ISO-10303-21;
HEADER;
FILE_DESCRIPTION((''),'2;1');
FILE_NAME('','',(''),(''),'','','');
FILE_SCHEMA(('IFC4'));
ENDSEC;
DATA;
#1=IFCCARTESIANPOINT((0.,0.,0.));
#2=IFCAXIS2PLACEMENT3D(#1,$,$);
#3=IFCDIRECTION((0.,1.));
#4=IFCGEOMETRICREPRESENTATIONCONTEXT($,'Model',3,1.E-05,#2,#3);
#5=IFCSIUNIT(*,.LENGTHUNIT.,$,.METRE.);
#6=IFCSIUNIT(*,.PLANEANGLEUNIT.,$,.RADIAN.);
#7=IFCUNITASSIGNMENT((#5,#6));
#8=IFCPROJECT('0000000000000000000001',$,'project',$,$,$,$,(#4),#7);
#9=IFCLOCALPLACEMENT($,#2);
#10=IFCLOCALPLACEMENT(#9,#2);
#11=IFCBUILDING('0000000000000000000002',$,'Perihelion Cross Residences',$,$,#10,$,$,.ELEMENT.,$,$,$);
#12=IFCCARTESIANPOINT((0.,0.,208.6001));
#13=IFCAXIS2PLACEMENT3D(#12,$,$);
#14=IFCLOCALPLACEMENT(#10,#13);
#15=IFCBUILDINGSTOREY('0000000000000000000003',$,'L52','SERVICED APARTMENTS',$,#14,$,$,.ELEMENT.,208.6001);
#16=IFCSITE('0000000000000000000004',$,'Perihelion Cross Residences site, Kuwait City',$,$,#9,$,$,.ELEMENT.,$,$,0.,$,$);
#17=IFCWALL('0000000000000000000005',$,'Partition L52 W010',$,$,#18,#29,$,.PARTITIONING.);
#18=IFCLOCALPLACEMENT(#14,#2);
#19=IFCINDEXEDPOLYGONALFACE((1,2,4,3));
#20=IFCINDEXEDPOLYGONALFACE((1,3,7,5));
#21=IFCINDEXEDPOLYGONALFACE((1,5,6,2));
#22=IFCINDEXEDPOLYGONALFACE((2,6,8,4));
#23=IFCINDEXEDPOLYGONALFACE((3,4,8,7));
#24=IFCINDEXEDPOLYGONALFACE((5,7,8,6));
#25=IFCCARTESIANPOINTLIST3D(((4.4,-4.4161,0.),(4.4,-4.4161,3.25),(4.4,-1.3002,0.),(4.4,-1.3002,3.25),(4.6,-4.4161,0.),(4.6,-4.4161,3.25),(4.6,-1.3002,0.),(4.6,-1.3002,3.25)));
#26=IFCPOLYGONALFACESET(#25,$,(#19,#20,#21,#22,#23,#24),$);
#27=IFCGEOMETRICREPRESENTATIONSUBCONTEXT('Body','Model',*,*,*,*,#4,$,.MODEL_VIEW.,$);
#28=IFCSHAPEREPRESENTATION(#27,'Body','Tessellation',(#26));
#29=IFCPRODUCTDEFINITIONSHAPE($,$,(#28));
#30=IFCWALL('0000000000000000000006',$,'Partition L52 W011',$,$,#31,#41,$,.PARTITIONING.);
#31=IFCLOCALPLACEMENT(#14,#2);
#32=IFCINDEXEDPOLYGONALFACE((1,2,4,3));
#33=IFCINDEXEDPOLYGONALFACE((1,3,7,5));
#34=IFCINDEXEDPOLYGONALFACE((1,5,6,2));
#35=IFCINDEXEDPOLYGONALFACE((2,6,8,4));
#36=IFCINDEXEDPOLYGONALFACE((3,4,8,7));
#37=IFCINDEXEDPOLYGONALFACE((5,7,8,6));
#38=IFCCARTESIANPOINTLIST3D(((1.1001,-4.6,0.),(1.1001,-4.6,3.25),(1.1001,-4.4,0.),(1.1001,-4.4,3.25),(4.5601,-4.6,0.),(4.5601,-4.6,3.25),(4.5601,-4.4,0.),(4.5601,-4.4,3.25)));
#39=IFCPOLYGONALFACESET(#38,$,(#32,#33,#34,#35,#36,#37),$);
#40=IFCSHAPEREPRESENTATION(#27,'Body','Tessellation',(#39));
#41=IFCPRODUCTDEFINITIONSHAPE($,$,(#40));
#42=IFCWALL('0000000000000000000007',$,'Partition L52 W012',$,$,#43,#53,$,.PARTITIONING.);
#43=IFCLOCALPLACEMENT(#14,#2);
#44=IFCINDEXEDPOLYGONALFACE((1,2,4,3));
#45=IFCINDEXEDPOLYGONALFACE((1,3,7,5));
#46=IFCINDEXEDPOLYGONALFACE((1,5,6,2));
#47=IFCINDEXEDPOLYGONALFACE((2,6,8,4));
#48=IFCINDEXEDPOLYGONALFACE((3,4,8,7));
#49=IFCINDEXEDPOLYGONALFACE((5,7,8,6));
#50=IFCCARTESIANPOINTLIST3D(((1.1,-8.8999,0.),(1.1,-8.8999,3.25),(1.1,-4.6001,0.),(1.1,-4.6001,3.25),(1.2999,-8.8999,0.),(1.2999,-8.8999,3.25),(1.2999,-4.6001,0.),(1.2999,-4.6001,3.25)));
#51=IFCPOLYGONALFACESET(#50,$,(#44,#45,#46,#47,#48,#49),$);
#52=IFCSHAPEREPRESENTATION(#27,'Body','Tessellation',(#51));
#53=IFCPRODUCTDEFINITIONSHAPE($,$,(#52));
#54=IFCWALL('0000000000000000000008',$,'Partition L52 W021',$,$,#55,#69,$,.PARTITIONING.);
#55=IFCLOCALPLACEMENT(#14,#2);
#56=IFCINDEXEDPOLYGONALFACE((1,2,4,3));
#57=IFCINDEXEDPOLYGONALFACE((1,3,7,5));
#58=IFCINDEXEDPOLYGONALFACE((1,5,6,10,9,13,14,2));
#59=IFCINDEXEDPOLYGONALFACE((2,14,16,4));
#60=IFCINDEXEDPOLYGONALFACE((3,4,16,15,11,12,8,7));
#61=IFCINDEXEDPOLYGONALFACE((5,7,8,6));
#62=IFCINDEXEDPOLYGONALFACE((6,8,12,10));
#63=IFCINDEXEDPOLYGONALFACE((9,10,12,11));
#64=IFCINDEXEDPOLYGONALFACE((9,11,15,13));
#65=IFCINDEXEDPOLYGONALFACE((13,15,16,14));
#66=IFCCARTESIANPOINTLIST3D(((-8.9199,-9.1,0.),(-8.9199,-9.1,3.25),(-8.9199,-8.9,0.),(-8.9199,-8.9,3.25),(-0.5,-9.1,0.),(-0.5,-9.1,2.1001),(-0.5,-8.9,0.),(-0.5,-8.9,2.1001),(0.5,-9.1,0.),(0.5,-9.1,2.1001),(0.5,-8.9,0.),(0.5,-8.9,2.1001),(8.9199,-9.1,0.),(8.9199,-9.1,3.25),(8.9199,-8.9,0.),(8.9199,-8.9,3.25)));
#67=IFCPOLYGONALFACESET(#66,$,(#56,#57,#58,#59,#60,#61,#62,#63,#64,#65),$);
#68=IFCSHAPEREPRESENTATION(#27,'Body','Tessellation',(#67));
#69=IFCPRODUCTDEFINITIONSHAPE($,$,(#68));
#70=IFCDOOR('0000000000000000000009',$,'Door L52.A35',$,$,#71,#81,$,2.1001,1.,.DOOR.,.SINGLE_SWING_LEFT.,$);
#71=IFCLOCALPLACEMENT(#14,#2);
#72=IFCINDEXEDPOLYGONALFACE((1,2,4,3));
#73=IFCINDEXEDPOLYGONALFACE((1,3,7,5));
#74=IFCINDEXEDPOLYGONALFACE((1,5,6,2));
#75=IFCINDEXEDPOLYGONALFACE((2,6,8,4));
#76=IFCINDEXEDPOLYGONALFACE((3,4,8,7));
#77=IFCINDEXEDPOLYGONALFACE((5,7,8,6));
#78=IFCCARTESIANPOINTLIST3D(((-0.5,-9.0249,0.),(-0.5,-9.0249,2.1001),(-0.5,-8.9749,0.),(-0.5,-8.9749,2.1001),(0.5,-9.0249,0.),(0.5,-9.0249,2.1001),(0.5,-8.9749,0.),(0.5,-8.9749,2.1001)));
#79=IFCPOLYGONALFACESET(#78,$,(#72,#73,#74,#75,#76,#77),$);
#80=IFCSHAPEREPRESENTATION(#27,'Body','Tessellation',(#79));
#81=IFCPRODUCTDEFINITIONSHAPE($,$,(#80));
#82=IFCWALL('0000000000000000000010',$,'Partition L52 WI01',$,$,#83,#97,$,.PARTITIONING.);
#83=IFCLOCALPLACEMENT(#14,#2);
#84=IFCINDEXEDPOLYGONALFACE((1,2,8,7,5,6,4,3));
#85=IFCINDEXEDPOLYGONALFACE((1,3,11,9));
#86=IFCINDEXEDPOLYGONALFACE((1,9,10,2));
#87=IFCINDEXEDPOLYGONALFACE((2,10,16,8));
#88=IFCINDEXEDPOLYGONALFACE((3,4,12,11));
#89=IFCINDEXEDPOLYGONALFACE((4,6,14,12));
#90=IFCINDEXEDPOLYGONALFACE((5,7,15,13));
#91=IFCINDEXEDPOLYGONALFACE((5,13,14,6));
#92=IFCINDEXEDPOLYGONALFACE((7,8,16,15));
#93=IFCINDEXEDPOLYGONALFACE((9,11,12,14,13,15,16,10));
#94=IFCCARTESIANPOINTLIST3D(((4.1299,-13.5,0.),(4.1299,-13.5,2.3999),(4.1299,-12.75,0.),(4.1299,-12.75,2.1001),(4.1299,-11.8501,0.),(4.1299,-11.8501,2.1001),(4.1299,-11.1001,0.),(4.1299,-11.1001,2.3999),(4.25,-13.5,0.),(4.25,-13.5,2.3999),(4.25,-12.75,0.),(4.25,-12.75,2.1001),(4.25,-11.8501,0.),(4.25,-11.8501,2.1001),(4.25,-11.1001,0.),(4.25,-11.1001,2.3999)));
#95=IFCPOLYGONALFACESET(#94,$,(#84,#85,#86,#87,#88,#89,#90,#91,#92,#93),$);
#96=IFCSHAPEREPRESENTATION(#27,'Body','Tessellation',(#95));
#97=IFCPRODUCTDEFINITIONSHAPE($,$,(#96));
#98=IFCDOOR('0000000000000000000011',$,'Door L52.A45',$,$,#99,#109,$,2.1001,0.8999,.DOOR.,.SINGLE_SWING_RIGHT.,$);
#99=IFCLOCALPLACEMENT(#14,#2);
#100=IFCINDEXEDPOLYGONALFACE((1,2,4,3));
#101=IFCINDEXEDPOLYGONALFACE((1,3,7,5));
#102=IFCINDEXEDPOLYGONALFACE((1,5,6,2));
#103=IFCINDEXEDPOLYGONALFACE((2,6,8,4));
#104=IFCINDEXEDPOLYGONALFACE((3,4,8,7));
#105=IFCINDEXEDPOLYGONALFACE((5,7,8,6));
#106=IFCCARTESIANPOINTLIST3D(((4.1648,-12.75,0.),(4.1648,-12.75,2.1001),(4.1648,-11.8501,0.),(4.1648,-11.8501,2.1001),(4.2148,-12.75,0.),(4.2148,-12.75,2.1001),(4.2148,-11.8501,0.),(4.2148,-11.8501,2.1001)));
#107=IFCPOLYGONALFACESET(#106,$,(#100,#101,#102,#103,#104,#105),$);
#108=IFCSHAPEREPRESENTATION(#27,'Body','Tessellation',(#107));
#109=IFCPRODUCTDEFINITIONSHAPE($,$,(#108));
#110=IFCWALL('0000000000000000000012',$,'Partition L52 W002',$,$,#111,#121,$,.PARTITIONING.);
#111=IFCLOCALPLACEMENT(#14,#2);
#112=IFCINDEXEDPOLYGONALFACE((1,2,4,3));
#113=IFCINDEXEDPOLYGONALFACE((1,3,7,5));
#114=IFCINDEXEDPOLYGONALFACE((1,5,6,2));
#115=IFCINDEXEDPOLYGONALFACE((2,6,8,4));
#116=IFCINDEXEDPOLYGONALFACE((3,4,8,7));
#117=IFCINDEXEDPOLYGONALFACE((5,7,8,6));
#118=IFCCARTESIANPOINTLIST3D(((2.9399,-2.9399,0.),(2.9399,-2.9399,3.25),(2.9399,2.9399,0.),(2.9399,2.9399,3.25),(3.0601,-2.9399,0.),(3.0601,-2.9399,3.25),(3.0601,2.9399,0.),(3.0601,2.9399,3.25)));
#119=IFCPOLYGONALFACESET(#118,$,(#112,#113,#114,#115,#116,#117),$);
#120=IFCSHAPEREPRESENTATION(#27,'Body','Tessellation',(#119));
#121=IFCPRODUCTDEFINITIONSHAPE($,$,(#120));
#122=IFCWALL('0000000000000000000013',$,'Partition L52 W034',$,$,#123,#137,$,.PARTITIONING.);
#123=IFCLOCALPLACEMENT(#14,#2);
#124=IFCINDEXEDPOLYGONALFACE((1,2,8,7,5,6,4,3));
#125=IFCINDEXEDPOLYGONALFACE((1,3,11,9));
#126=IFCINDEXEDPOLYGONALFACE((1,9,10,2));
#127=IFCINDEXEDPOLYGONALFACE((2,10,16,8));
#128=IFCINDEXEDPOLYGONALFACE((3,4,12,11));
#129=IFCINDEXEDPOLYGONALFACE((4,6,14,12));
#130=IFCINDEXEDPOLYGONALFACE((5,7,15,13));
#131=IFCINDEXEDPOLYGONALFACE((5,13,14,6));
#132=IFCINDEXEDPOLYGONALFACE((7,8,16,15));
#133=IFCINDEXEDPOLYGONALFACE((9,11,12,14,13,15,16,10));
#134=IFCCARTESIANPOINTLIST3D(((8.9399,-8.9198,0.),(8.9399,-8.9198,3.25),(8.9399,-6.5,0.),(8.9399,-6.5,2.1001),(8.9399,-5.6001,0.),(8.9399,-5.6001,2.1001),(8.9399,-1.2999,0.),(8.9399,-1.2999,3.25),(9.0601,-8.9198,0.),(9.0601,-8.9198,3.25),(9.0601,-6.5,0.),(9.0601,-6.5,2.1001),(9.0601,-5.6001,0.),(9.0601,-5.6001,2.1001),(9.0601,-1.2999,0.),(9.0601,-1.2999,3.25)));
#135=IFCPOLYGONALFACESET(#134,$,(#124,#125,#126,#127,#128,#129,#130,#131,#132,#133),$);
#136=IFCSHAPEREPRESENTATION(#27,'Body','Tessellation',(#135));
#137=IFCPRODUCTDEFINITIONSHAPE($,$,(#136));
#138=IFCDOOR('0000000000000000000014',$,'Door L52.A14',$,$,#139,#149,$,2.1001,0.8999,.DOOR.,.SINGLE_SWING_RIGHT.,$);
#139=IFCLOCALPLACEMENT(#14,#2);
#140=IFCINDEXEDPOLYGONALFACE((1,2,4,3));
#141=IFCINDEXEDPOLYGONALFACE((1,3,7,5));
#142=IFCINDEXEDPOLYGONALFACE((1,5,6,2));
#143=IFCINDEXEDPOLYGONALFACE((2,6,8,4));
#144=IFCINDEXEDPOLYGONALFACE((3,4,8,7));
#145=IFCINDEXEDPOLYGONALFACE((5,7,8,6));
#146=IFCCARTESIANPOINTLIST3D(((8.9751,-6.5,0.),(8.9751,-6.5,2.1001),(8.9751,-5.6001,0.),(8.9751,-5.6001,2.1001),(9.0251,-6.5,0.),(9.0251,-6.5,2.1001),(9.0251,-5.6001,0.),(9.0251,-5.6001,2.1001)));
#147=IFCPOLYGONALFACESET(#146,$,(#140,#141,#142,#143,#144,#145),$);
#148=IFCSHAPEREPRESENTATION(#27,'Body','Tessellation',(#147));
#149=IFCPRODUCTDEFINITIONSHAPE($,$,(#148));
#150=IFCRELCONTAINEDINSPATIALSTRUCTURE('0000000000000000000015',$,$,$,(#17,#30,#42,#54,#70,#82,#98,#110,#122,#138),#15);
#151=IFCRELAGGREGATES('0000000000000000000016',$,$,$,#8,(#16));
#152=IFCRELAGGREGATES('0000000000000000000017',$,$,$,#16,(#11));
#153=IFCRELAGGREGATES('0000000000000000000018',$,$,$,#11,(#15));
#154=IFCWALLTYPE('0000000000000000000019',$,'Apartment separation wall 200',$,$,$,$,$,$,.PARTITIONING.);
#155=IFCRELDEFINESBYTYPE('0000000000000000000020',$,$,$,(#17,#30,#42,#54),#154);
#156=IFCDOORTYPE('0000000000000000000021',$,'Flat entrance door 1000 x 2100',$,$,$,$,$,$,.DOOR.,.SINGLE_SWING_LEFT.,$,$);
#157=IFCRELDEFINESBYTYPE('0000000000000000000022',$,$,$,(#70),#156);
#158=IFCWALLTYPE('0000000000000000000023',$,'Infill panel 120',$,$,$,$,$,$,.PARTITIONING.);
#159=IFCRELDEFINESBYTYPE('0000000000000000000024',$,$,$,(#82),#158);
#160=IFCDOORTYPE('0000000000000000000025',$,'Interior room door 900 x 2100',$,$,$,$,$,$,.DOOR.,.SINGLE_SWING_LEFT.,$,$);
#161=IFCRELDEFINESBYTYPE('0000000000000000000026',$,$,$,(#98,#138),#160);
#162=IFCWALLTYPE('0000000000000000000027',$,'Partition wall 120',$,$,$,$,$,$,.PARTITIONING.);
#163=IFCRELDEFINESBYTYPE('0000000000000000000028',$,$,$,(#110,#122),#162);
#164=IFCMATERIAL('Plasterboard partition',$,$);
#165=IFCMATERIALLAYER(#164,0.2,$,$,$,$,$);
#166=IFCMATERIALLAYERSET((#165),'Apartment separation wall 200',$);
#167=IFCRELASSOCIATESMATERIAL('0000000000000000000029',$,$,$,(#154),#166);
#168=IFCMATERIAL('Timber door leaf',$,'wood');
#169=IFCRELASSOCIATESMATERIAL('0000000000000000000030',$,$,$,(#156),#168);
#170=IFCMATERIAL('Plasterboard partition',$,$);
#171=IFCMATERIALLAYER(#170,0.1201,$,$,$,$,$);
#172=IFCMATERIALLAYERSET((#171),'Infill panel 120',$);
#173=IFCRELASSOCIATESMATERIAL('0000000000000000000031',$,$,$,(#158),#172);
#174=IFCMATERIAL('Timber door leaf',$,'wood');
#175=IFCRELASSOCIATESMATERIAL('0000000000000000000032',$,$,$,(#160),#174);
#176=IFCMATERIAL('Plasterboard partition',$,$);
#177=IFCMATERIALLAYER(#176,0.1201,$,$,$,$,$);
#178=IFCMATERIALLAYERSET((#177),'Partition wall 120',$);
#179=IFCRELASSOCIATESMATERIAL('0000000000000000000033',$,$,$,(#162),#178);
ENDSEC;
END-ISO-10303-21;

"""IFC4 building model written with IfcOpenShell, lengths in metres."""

from ifc_helpers import new_model, si_unit, direction, frame, frame_2d, origin, place, context, subcontext, project, spatial, rectangle, extrude, material, layer, layer_set, type_object, element, fill, save


model = new_model("IFC4")

# Units and contexts
model_context = context("Model", 3, precision=1e-05, world=origin(), true_north=direction((0.0, 1.0)))
body_context = subcontext(model_context, "Body", "Model", "MODEL_VIEW")
ifc_project = project(units=[si_unit("LENGTHUNIT", "METRE"), si_unit("PLANEANGLEUNIT", "RADIAN")], contexts=[model_context])

# Site, building, storey
site_placement = place(None, origin())
site = spatial("IfcSite", under=ifc_project, at=site_placement, Name="Perihelion Cross Residences site, Kuwait City", CompositionType="ELEMENT", RefElevation=0.0)
building_placement = place(site_placement, origin())
building = spatial("IfcBuilding", under=site, at=building_placement, Name="Perihelion Cross Residences", CompositionType="ELEMENT")
storey_placement = place(building_placement, frame((0.0, 0.0, 208.6001)))
storey = spatial("IfcBuildingStorey", under=building, at=storey_placement, Name="L52", Description="SERVICED APARTMENTS", CompositionType="ELEMENT", Elevation=208.6001)

# Walls
ifc_material_1 = material(Name="Plasterboard partition")
ifc_layer_1 = layer(ifc_material_1, 0.2)
ifc_layer_set_1 = layer_set([ifc_layer_1], Name="Apartment separation wall 200")
wall_type_1 = type_object("IfcWallType", Name="Apartment separation wall 200", PredefinedType="PARTITIONING", material=ifc_layer_set_1)
wall_1_placement = place(storey_placement, frame((4.5, -1.3, 0.0), z_axis=(0.0, 0.0, 1.0), x_axis=(0.0, -1.0, 0.0)))
element("IfcWall", 1, at=wall_1_placement, inside=storey, type_object=wall_type_1, Name="Partition L52 W010", PredefinedType="PARTITIONING", context=body_context, shape_type="SweptSolid", body=[
    extrude(rectangle(XDim=3.116, YDim=0.2, at=frame_2d((1.5581, 0.0))), origin(), (0.0, 0.0, 1.0), 3.25),
])
wall_2_placement = place(storey_placement, frame((4.5601, -4.5, 0.0), z_axis=(0.0, 0.0, 1.0), x_axis=(-1.0, 0.0, 0.0)))
element("IfcWall", 2, at=wall_2_placement, inside=storey, type_object=wall_type_1, Name="Partition L52 W011", PredefinedType="PARTITIONING", context=body_context, shape_type="SweptSolid", body=[
    extrude(rectangle(XDim=3.46, YDim=0.2, at=frame_2d((1.73, 0.0))), origin(), (0.0, 0.0, 1.0), 3.25),
])
wall_3_placement = place(storey_placement, frame((1.2, -4.6001, 0.0), z_axis=(0.0, 0.0, 1.0), x_axis=(0.0, -1.0, 0.0)))
element("IfcWall", 3, at=wall_3_placement, inside=storey, type_object=wall_type_1, Name="Partition L52 W012", PredefinedType="PARTITIONING", context=body_context, shape_type="SweptSolid", body=[
    extrude(rectangle(XDim=4.2998, YDim=0.2, at=frame_2d((2.1499, 0.0))), origin(), (0.0, 0.0, 1.0), 3.25),
])

# Walls, openings, doors
wall_4_placement = place(storey_placement, frame((8.9199, -9.0, 0.0), z_axis=(0.0, 0.0, 1.0), x_axis=(-1.0, 0.0, 0.0)))
wall_4 = element("IfcWall", 4, at=wall_4_placement, inside=storey, type_object=wall_type_1, Name="Partition L52 W021", PredefinedType="PARTITIONING", context=body_context, shape_type="SweptSolid", body=[
    extrude(rectangle(XDim=17.8398, YDim=0.2, at=frame_2d((8.9199, 0.0))), origin(), (0.0, 0.0, 1.0), 3.25),
])
opening_1_placement = place(wall_4_placement, frame((8.4199, 0.0, 0.0)))
opening_1 = element("IfcOpeningElement", 5, at=opening_1_placement, cuts=wall_4, PredefinedType="OPENING", context=body_context, shape_type="SweptSolid", body=[
    extrude(rectangle(XDim=1.0, YDim=2.1001, at=frame_2d((0.5, 1.05))), frame((0.0, 0.1099, 0.0), z_axis=(0.0, -1.0, 0.0), x_axis=(1.0, 0.0, 0.0)), (0.0, 0.0, 1.0), 0.22),
])
ifc_material_2 = material(Name="Timber door leaf", Category="wood")
door_type_1 = type_object("IfcDoorType", Name="Flat entrance door 1000 x 2100", OperationType="SINGLE_SWING_LEFT", PredefinedType="DOOR", material=ifc_material_2)
door_1_placement = place(opening_1_placement, origin())
door_1 = element("IfcDoor", 6, at=door_1_placement, inside=storey, type_object=door_type_1, Name="Door L52.A35", OperationType="SINGLE_SWING_LEFT", OverallHeight=2.1001, OverallWidth=1.0, PredefinedType="DOOR", context=body_context, shape_type="SweptSolid", body=[
    extrude(rectangle(XDim=1.0, YDim=2.1001, at=frame_2d((0.5, 1.05))), frame((0.0, 0.0249, 0.0), z_axis=(0.0, -1.0, 0.0), x_axis=(1.0, 0.0, 0.0)), (0.0, 0.0, 1.0), 0.05),
])
fill(opening_1, door_1)
ifc_material_3 = material(Name="Plasterboard partition")
ifc_layer_2 = layer(ifc_material_3, 0.1201)
ifc_layer_set_2 = layer_set([ifc_layer_2], Name="Infill panel 120")
wall_type_2 = type_object("IfcWallType", Name="Infill panel 120", PredefinedType="PARTITIONING", material=ifc_layer_set_2)
wall_5_placement = place(storey_placement, frame((4.1899, -11.1001, 0.0), z_axis=(0.0, 0.0, 1.0), x_axis=(0.0, -1.0, 0.0)))
wall_5 = element("IfcWall", 7, at=wall_5_placement, inside=storey, type_object=wall_type_2, Name="Partition L52 WI01", PredefinedType="PARTITIONING", context=body_context, shape_type="SweptSolid", body=[
    extrude(rectangle(XDim=2.3999, YDim=0.1201, at=frame_2d((1.2, 0.0))), origin(), (0.0, 0.0, 1.0), 2.3999),
])
opening_2_placement = place(wall_5_placement, frame((0.75, 0.0, 0.0)))
opening_2 = element("IfcOpeningElement", 8, at=opening_2_placement, cuts=wall_5, PredefinedType="OPENING", context=body_context, shape_type="SweptSolid", body=[
    extrude(rectangle(XDim=0.8999, YDim=2.1001, at=frame_2d((0.45, 1.05))), frame((0.0, 0.0701, 0.0), z_axis=(0.0, -1.0, 0.0), x_axis=(1.0, 0.0, 0.0)), (0.0, 0.0, 1.0), 0.1401),
])
ifc_material_4 = material(Name="Timber door leaf", Category="wood")
door_type_2 = type_object("IfcDoorType", Name="Interior room door 900 x 2100", OperationType="SINGLE_SWING_LEFT", PredefinedType="DOOR", material=ifc_material_4)
door_2_placement = place(opening_2_placement, origin())
door_2 = element("IfcDoor", 9, at=door_2_placement, inside=storey, type_object=door_type_2, Name="Door L52.A45", OperationType="SINGLE_SWING_RIGHT", OverallHeight=2.1001, OverallWidth=0.8999, PredefinedType="DOOR", context=body_context, shape_type="SweptSolid", body=[
    extrude(rectangle(XDim=0.8999, YDim=2.1001, at=frame_2d((0.45, 1.05))), frame((0.0, 0.0249, 0.0), z_axis=(0.0, -1.0, 0.0), x_axis=(1.0, 0.0, 0.0)), (0.0, 0.0, 1.0), 0.05),
])
fill(opening_2, door_2)

# Wall
ifc_material_5 = material(Name="Plasterboard partition")
ifc_layer_3 = layer(ifc_material_5, 0.1201)
ifc_layer_set_3 = layer_set([ifc_layer_3], Name="Partition wall 120")
wall_type_3 = type_object("IfcWallType", Name="Partition wall 120", PredefinedType="PARTITIONING", material=ifc_layer_set_3)
wall_6_placement = place(storey_placement, frame((3.0, -2.9399, 0.0), z_axis=(0.0, 0.0, 1.0), x_axis=(0.0, 1.0, 0.0)))
element("IfcWall", 10, at=wall_6_placement, inside=storey, type_object=wall_type_3, Name="Partition L52 W002", PredefinedType="PARTITIONING", context=body_context, shape_type="SweptSolid", body=[
    extrude(rectangle(XDim=5.8799, YDim=0.1201, at=frame_2d((2.9399, 0.0))), origin(), (0.0, 0.0, 1.0), 3.25),
])

# Wall, opening, door
wall_7_placement = place(storey_placement, frame((9.0, -8.9199, 0.0), z_axis=(0.0, 0.0, 1.0), x_axis=(0.0, 1.0, 0.0)))
wall_7 = element("IfcWall", 11, at=wall_7_placement, inside=storey, type_object=wall_type_3, Name="Partition L52 W034", PredefinedType="PARTITIONING", context=body_context, shape_type="SweptSolid", body=[
    extrude(rectangle(XDim=7.6199, YDim=0.1201, at=frame_2d((3.8101, 0.0))), origin(), (0.0, 0.0, 1.0), 3.25),
])
opening_3_placement = place(wall_7_placement, frame((2.4199, 0.0, 0.0)))
opening_3 = element("IfcOpeningElement", 12, at=opening_3_placement, cuts=wall_7, PredefinedType="OPENING", context=body_context, shape_type="SweptSolid", body=[
    extrude(rectangle(XDim=0.8999, YDim=2.1001, at=frame_2d((0.45, 1.05))), frame((0.0, 0.0701, 0.0), z_axis=(0.0, -1.0, 0.0), x_axis=(1.0, 0.0, 0.0)), (0.0, 0.0, 1.0), 0.1401),
])
door_3_placement = place(opening_3_placement, origin())
door_3 = element("IfcDoor", 13, at=door_3_placement, inside=storey, type_object=door_type_2, Name="Door L52.A14", OperationType="SINGLE_SWING_RIGHT", OverallHeight=2.1001, OverallWidth=0.8999, PredefinedType="DOOR", context=body_context, shape_type="SweptSolid", body=[
    extrude(rectangle(XDim=0.8999, YDim=2.1001, at=frame_2d((0.45, 1.05))), frame((0.0, 0.0249, 0.0), z_axis=(0.0, -1.0, 0.0), x_axis=(1.0, 0.0, 0.0)), (0.0, 0.0, 1.0), 0.05),
])
fill(opening_3, door_3)

save(model, "model.ifc")
